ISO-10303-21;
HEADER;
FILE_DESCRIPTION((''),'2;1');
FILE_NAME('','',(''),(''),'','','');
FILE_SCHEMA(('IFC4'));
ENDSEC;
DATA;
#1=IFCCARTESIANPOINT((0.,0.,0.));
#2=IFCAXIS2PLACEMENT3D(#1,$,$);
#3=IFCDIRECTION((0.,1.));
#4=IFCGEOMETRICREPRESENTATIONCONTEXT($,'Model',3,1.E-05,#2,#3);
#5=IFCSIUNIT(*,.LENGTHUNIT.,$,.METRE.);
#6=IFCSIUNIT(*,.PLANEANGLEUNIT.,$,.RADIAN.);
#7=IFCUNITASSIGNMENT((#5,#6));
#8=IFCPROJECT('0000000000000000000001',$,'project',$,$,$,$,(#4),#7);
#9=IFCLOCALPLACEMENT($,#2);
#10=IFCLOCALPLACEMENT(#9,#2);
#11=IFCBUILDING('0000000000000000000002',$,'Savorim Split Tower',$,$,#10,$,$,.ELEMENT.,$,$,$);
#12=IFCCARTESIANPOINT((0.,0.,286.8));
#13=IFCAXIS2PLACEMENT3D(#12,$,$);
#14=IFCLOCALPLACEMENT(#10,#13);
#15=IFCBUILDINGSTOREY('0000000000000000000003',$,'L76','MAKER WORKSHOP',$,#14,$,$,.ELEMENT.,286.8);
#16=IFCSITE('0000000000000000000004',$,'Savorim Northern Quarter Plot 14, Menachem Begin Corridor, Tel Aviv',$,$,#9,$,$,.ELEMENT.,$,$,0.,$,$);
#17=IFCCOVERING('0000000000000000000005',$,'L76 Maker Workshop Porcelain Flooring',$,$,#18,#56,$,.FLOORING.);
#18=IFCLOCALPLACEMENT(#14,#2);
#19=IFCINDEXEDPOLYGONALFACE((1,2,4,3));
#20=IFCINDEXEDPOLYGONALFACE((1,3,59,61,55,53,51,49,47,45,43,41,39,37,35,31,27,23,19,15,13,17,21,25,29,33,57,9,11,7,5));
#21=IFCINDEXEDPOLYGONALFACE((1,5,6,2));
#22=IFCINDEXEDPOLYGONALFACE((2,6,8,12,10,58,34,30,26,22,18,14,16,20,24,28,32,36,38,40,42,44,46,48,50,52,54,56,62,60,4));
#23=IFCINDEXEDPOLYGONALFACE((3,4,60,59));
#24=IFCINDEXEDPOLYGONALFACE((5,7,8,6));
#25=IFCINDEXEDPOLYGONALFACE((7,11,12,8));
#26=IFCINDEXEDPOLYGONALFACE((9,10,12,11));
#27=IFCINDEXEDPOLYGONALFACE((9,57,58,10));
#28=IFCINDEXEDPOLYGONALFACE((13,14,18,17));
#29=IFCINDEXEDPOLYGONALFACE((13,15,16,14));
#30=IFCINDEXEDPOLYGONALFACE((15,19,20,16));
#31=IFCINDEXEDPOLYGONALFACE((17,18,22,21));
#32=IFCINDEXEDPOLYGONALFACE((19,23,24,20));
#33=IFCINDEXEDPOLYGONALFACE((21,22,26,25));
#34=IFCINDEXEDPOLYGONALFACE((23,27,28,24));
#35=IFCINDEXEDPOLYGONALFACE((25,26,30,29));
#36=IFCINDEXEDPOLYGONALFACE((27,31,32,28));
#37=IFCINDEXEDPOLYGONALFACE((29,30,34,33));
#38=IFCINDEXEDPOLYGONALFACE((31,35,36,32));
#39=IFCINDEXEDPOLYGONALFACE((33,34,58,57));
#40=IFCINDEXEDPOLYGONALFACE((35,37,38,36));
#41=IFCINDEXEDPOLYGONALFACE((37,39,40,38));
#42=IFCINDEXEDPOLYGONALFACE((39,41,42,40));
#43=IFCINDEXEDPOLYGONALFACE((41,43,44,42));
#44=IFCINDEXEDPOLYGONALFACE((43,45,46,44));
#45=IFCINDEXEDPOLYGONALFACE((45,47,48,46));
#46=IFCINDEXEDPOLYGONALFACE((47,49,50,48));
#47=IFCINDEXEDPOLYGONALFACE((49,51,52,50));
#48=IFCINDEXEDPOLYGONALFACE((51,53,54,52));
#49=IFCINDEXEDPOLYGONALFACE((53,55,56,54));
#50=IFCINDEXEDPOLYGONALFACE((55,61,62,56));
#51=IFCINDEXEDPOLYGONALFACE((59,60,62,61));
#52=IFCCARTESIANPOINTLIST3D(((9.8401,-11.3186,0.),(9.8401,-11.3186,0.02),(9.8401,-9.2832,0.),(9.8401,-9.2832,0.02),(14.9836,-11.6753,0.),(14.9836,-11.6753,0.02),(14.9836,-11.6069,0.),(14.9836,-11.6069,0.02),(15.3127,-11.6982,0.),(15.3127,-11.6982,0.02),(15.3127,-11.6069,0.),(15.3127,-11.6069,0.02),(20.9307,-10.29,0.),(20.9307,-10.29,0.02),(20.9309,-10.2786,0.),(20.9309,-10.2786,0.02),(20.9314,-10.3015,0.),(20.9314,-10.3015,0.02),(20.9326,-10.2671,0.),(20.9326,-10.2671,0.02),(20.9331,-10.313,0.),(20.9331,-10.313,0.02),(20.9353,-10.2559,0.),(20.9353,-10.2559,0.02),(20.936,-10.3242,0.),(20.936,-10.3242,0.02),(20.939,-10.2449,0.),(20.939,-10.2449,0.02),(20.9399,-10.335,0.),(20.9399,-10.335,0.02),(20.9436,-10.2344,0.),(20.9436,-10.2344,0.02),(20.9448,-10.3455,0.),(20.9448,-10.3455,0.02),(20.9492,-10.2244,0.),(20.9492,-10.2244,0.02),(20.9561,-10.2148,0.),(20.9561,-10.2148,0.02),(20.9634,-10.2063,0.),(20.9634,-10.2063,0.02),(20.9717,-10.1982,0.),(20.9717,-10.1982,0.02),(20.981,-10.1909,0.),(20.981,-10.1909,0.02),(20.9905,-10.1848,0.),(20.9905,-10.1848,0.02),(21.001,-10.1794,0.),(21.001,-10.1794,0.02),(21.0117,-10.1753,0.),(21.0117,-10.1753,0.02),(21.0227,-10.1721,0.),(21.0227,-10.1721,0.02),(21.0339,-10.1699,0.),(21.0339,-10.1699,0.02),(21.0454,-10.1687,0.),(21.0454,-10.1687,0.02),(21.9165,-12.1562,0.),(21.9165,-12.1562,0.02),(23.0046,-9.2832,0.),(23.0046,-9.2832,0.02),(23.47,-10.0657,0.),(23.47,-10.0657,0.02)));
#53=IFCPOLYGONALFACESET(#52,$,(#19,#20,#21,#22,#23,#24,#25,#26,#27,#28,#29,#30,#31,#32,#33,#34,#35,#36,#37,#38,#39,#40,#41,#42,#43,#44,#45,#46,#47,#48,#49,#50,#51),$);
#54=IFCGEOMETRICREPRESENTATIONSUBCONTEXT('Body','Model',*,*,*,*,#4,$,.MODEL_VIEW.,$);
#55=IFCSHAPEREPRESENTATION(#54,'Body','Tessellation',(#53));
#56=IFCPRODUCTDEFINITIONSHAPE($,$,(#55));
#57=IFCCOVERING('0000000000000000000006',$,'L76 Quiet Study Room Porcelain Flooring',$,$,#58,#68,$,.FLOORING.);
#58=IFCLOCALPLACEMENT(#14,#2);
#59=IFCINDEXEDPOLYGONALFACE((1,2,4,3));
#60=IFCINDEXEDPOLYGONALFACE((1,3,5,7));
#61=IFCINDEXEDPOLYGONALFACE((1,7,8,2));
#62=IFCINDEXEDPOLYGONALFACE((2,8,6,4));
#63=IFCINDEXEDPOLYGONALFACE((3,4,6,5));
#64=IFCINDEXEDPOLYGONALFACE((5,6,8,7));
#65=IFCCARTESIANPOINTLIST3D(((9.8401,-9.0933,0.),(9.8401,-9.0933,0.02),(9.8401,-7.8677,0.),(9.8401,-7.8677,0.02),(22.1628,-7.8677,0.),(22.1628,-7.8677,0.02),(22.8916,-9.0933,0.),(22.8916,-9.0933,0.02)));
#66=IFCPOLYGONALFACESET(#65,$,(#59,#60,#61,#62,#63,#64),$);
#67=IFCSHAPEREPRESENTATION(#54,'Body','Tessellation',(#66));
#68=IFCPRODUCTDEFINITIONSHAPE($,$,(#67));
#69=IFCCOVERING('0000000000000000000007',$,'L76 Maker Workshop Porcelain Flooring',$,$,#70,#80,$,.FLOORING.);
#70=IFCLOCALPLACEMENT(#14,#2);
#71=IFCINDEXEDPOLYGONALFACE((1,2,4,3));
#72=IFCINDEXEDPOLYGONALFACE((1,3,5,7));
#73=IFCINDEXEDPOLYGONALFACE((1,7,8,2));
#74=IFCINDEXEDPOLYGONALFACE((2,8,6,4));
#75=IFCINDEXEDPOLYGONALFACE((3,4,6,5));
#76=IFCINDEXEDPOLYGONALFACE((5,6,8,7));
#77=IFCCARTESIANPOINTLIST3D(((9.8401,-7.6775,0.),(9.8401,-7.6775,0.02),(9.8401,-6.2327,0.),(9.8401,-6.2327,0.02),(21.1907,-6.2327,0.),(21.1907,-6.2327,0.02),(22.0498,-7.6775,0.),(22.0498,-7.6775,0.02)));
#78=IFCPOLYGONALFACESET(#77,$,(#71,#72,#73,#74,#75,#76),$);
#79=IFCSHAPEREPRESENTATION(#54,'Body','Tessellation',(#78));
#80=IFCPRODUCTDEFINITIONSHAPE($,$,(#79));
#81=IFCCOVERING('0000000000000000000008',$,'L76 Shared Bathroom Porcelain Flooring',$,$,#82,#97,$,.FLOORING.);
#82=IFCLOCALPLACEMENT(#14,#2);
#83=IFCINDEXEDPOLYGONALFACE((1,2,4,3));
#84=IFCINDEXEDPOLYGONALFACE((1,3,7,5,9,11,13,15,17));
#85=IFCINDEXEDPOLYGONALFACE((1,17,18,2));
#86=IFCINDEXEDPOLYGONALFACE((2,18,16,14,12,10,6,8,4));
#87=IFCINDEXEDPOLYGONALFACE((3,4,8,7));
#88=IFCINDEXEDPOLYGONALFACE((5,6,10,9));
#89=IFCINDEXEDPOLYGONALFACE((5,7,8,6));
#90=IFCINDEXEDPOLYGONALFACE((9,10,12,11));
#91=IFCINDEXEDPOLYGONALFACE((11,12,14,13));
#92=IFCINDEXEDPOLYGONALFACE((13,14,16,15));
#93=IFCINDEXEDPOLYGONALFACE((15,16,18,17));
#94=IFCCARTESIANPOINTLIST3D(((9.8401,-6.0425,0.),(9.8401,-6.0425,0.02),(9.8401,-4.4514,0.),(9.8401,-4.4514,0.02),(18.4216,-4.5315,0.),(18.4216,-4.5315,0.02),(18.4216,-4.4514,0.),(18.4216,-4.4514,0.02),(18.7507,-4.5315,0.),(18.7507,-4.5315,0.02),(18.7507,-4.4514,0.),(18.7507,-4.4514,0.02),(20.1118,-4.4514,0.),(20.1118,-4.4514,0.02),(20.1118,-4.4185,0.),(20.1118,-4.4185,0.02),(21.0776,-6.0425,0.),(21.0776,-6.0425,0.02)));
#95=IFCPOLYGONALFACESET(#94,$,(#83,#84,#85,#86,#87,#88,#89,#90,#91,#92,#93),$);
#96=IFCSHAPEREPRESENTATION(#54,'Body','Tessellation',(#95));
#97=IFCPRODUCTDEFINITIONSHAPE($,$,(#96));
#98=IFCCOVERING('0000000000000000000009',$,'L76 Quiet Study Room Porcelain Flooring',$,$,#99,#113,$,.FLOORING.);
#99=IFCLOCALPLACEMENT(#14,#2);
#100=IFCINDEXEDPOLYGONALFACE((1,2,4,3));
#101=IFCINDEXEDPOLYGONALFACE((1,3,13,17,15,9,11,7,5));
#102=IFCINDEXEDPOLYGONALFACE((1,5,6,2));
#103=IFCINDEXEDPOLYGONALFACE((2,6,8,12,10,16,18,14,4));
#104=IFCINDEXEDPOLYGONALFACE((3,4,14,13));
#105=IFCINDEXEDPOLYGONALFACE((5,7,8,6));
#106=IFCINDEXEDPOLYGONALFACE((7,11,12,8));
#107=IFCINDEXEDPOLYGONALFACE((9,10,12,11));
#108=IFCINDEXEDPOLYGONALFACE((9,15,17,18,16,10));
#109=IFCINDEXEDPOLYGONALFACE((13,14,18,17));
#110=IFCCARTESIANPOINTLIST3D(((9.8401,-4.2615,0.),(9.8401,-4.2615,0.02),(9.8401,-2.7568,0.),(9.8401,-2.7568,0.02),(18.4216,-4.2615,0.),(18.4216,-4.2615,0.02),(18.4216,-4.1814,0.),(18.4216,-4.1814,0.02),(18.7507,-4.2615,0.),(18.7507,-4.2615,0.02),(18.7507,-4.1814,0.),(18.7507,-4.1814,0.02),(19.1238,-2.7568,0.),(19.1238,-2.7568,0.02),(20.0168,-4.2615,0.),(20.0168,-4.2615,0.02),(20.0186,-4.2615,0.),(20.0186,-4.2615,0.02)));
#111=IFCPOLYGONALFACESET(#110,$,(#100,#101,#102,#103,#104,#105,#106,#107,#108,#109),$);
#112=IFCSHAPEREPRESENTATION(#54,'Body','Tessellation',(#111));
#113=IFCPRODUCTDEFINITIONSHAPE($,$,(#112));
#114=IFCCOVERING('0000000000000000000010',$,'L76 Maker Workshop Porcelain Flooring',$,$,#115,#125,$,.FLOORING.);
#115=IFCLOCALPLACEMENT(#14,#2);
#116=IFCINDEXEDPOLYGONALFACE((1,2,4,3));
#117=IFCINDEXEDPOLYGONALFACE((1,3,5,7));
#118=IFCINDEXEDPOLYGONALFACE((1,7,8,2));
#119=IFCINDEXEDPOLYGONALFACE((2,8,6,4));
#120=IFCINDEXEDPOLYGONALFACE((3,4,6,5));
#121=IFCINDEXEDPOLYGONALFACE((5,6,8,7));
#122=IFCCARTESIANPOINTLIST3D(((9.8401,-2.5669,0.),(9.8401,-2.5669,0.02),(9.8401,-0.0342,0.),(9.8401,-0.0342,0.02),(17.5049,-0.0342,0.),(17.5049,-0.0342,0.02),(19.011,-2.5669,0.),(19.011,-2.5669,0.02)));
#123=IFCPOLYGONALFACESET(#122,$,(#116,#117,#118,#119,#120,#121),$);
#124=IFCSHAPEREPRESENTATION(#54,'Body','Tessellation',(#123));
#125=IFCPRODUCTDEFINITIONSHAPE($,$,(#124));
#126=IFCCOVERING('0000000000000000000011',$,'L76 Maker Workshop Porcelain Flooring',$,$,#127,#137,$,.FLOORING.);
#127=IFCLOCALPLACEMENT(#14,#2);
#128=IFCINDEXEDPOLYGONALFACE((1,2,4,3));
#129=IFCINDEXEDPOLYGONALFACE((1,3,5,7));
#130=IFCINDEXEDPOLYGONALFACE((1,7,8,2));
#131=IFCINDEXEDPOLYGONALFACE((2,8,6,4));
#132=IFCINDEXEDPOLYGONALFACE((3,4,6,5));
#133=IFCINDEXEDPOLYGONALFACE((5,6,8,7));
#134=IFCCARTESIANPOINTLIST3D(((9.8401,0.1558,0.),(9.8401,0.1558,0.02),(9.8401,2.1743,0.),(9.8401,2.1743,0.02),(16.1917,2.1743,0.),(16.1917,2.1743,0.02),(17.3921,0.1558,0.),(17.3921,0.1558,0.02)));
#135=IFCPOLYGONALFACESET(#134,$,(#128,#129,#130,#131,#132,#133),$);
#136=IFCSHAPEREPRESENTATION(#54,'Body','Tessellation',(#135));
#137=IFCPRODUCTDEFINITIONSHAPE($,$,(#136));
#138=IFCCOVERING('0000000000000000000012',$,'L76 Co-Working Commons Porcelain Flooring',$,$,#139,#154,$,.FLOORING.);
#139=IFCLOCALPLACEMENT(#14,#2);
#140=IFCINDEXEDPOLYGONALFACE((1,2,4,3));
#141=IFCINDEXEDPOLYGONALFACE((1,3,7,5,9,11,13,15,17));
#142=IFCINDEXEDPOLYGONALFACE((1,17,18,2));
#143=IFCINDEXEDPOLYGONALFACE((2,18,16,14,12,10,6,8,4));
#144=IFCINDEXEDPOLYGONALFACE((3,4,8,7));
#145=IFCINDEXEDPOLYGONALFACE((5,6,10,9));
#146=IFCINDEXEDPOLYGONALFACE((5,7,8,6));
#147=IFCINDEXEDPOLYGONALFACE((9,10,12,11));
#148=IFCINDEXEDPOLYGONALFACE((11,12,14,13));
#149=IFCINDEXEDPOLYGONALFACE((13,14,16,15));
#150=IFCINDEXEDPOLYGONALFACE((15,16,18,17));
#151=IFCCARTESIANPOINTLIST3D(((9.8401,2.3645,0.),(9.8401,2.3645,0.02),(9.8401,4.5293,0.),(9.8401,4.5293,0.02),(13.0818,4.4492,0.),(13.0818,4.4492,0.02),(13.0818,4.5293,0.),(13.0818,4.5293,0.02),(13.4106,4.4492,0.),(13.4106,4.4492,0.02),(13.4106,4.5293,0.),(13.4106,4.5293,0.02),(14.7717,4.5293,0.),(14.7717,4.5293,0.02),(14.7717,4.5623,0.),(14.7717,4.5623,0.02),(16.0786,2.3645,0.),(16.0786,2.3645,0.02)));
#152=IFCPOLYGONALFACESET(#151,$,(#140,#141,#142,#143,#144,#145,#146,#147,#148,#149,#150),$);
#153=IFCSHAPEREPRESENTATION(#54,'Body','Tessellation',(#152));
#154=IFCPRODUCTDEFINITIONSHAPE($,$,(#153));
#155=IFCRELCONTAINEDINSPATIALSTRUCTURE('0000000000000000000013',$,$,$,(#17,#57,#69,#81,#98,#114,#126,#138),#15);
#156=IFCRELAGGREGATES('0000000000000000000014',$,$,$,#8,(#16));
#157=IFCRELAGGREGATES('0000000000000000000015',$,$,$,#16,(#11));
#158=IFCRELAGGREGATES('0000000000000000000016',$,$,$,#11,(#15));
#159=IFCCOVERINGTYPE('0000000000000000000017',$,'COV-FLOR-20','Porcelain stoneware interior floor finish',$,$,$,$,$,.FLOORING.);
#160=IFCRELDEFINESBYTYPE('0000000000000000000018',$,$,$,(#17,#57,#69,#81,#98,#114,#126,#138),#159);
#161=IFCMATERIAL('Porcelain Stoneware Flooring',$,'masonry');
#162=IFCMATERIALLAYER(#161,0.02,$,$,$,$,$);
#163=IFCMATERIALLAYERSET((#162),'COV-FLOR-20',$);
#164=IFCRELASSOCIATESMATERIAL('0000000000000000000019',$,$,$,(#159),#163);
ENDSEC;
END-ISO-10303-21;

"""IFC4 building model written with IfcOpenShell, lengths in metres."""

from ifc_helpers import new_model, si_unit, direction, frame, origin, place, context, subcontext, project, spatial, polyline, outline, extrude, material, layer, layer_set, type_object, element, save


model = new_model("IFC4")

# Units and contexts
model_context = context("Model", 3, precision=1e-05, world=origin(), true_north=direction((0.0, 1.0)))
body_context = subcontext(model_context, "Body", "Model", "MODEL_VIEW")
ifc_project = project(units=[si_unit("LENGTHUNIT", "METRE"), si_unit("PLANEANGLEUNIT", "RADIAN")], contexts=[model_context])

# Site, building, storey
site_placement = place(None, origin())
site = spatial("IfcSite", under=ifc_project, at=site_placement, Name="Savorim Northern Quarter Plot 14, Menachem Begin Corridor, Tel Aviv", CompositionType="ELEMENT", RefElevation=0.0)
building_placement = place(site_placement, origin())
building = spatial("IfcBuilding", under=site, at=building_placement, Name="Savorim Split Tower", CompositionType="ELEMENT")
storey_placement = place(building_placement, frame((0.0, 0.0, 286.8)))
storey = spatial("IfcBuildingStorey", under=building, at=storey_placement, Name="L76", Description="MAKER WORKSHOP", CompositionType="ELEMENT", Elevation=286.8)

# Coverings
ifc_material_1 = material(Name="Porcelain Stoneware Flooring", Category="masonry")
ifc_layer_1 = layer(ifc_material_1, 0.02)
ifc_layer_set_1 = layer_set([ifc_layer_1], Name="COV-FLOR-20")
covering_type_1 = type_object("IfcCoveringType", Name="COV-FLOR-20", Description="Porcelain stoneware interior floor finish", PredefinedType="FLOORING", material=ifc_layer_set_1)
covering_1_placement = place(storey_placement, origin())
element("IfcCovering", 1, at=covering_1_placement, inside=storey, type_object=covering_type_1, Name="L76 Maker Workshop Porcelain Flooring", PredefinedType="FLOORING", context=body_context, shape_type="SweptSolid", body=[
    extrude(outline(polyline([(21.0227, -10.1721), (21.0339, -10.1699), (21.0454, -10.1687), (23.47, -10.0657), (23.0046, -9.2832), (9.8401, -9.2832), (9.8401, -11.3186), (14.9836, -11.6753), (14.9836, -11.6069), (15.3127, -11.6069), (15.3127, -11.6982), (21.9165, -12.1562), (20.9448, -10.3455), (20.9399, -10.335), (20.936, -10.3242), (20.9331, -10.313), (20.9314, -10.3015), (20.9307, -10.29), (20.9309, -10.2786), (20.9326, -10.2671), (20.9353, -10.2559), (20.939, -10.2449), (20.9436, -10.2344), (20.9492, -10.2244), (20.9561, -10.2148), (20.9634, -10.2063), (20.9717, -10.1982), (20.981, -10.1909), (20.9905, -10.1848), (21.001, -10.1794), (21.0117, -10.1753), (21.0227, -10.1721)])), origin(), (0.0, 0.0, 1.0), 0.02),
])
covering_2_placement = place(storey_placement, origin())
element("IfcCovering", 2, at=covering_2_placement, inside=storey, type_object=covering_type_1, Name="L76 Quiet Study Room Porcelain Flooring", PredefinedType="FLOORING", context=body_context, shape_type="SweptSolid", body=[
    extrude(outline(polyline([(22.8916, -9.0933), (22.1628, -7.8677), (9.8401, -7.8677), (9.8401, -9.0933), (22.8916, -9.0933)])), origin(), (0.0, 0.0, 1.0), 0.02),
])
covering_3_placement = place(storey_placement, origin())
element("IfcCovering", 3, at=covering_3_placement, inside=storey, type_object=covering_type_1, Name="L76 Maker Workshop Porcelain Flooring", PredefinedType="FLOORING", context=body_context, shape_type="SweptSolid", body=[
    extrude(outline(polyline([(22.0498, -7.6775), (21.1907, -6.2327), (9.8401, -6.2327), (9.8401, -7.6775), (22.0498, -7.6775)])), origin(), (0.0, 0.0, 1.0), 0.02),
])
covering_4_placement = place(storey_placement, origin())
element("IfcCovering", 4, at=covering_4_placement, inside=storey, type_object=covering_type_1, Name="L76 Shared Bathroom Porcelain Flooring", PredefinedType="FLOORING", context=body_context, shape_type="SweptSolid", body=[
    extrude(outline(polyline([(18.4216, -4.5315), (18.4216, -4.4514), (9.8401, -4.4514), (9.8401, -6.0425), (21.0776, -6.0425), (20.1118, -4.4185), (20.1118, -4.4514), (18.7507, -4.4514), (18.7507, -4.5315), (18.4216, -4.5315)])), origin(), (0.0, 0.0, 1.0), 0.02),
])
covering_5_placement = place(storey_placement, origin())
element("IfcCovering", 5, at=covering_5_placement, inside=storey, type_object=covering_type_1, Name="L76 Quiet Study Room Porcelain Flooring", PredefinedType="FLOORING", context=body_context, shape_type="SweptSolid", body=[
    extrude(outline(polyline([(18.7507, -4.1814), (18.7507, -4.2615), (20.0168, -4.2615), (20.0186, -4.2615), (19.1238, -2.7568), (9.8401, -2.7568), (9.8401, -4.2615), (18.4216, -4.2615), (18.4216, -4.1814), (18.7507, -4.1814)])), origin(), (0.0, 0.0, 1.0), 0.02),
])
covering_6_placement = place(storey_placement, origin())
element("IfcCovering", 6, at=covering_6_placement, inside=storey, type_object=covering_type_1, Name="L76 Maker Workshop Porcelain Flooring", PredefinedType="FLOORING", context=body_context, shape_type="SweptSolid", body=[
    extrude(outline(polyline([(19.011, -2.5669), (17.5049, -0.0342), (9.8401, -0.0342), (9.8401, -2.5669), (19.011, -2.5669)])), origin(), (0.0, 0.0, 1.0), 0.02),
])
covering_7_placement = place(storey_placement, origin())
element("IfcCovering", 7, at=covering_7_placement, inside=storey, type_object=covering_type_1, Name="L76 Maker Workshop Porcelain Flooring", PredefinedType="FLOORING", context=body_context, shape_type="SweptSolid", body=[
    extrude(outline(polyline([(17.3921, 0.1558), (16.1917, 2.1743), (9.8401, 2.1743), (9.8401, 0.1558), (17.3921, 0.1558)])), origin(), (0.0, 0.0, 1.0), 0.02),
])
covering_8_placement = place(storey_placement, origin())
element("IfcCovering", 8, at=covering_8_placement, inside=storey, type_object=covering_type_1, Name="L76 Co-Working Commons Porcelain Flooring", PredefinedType="FLOORING", context=body_context, shape_type="SweptSolid", body=[
    extrude(outline(polyline([(13.0818, 4.4492), (13.0818, 4.5293), (9.8401, 4.5293), (9.8401, 2.3645), (16.0786, 2.3645), (14.7717, 4.5623), (14.7717, 4.5293), (13.4106, 4.5293), (13.4106, 4.4492), (13.0818, 4.4492)])), origin(), (0.0, 0.0, 1.0), 0.02),
])

save(model, "model.ifc")
